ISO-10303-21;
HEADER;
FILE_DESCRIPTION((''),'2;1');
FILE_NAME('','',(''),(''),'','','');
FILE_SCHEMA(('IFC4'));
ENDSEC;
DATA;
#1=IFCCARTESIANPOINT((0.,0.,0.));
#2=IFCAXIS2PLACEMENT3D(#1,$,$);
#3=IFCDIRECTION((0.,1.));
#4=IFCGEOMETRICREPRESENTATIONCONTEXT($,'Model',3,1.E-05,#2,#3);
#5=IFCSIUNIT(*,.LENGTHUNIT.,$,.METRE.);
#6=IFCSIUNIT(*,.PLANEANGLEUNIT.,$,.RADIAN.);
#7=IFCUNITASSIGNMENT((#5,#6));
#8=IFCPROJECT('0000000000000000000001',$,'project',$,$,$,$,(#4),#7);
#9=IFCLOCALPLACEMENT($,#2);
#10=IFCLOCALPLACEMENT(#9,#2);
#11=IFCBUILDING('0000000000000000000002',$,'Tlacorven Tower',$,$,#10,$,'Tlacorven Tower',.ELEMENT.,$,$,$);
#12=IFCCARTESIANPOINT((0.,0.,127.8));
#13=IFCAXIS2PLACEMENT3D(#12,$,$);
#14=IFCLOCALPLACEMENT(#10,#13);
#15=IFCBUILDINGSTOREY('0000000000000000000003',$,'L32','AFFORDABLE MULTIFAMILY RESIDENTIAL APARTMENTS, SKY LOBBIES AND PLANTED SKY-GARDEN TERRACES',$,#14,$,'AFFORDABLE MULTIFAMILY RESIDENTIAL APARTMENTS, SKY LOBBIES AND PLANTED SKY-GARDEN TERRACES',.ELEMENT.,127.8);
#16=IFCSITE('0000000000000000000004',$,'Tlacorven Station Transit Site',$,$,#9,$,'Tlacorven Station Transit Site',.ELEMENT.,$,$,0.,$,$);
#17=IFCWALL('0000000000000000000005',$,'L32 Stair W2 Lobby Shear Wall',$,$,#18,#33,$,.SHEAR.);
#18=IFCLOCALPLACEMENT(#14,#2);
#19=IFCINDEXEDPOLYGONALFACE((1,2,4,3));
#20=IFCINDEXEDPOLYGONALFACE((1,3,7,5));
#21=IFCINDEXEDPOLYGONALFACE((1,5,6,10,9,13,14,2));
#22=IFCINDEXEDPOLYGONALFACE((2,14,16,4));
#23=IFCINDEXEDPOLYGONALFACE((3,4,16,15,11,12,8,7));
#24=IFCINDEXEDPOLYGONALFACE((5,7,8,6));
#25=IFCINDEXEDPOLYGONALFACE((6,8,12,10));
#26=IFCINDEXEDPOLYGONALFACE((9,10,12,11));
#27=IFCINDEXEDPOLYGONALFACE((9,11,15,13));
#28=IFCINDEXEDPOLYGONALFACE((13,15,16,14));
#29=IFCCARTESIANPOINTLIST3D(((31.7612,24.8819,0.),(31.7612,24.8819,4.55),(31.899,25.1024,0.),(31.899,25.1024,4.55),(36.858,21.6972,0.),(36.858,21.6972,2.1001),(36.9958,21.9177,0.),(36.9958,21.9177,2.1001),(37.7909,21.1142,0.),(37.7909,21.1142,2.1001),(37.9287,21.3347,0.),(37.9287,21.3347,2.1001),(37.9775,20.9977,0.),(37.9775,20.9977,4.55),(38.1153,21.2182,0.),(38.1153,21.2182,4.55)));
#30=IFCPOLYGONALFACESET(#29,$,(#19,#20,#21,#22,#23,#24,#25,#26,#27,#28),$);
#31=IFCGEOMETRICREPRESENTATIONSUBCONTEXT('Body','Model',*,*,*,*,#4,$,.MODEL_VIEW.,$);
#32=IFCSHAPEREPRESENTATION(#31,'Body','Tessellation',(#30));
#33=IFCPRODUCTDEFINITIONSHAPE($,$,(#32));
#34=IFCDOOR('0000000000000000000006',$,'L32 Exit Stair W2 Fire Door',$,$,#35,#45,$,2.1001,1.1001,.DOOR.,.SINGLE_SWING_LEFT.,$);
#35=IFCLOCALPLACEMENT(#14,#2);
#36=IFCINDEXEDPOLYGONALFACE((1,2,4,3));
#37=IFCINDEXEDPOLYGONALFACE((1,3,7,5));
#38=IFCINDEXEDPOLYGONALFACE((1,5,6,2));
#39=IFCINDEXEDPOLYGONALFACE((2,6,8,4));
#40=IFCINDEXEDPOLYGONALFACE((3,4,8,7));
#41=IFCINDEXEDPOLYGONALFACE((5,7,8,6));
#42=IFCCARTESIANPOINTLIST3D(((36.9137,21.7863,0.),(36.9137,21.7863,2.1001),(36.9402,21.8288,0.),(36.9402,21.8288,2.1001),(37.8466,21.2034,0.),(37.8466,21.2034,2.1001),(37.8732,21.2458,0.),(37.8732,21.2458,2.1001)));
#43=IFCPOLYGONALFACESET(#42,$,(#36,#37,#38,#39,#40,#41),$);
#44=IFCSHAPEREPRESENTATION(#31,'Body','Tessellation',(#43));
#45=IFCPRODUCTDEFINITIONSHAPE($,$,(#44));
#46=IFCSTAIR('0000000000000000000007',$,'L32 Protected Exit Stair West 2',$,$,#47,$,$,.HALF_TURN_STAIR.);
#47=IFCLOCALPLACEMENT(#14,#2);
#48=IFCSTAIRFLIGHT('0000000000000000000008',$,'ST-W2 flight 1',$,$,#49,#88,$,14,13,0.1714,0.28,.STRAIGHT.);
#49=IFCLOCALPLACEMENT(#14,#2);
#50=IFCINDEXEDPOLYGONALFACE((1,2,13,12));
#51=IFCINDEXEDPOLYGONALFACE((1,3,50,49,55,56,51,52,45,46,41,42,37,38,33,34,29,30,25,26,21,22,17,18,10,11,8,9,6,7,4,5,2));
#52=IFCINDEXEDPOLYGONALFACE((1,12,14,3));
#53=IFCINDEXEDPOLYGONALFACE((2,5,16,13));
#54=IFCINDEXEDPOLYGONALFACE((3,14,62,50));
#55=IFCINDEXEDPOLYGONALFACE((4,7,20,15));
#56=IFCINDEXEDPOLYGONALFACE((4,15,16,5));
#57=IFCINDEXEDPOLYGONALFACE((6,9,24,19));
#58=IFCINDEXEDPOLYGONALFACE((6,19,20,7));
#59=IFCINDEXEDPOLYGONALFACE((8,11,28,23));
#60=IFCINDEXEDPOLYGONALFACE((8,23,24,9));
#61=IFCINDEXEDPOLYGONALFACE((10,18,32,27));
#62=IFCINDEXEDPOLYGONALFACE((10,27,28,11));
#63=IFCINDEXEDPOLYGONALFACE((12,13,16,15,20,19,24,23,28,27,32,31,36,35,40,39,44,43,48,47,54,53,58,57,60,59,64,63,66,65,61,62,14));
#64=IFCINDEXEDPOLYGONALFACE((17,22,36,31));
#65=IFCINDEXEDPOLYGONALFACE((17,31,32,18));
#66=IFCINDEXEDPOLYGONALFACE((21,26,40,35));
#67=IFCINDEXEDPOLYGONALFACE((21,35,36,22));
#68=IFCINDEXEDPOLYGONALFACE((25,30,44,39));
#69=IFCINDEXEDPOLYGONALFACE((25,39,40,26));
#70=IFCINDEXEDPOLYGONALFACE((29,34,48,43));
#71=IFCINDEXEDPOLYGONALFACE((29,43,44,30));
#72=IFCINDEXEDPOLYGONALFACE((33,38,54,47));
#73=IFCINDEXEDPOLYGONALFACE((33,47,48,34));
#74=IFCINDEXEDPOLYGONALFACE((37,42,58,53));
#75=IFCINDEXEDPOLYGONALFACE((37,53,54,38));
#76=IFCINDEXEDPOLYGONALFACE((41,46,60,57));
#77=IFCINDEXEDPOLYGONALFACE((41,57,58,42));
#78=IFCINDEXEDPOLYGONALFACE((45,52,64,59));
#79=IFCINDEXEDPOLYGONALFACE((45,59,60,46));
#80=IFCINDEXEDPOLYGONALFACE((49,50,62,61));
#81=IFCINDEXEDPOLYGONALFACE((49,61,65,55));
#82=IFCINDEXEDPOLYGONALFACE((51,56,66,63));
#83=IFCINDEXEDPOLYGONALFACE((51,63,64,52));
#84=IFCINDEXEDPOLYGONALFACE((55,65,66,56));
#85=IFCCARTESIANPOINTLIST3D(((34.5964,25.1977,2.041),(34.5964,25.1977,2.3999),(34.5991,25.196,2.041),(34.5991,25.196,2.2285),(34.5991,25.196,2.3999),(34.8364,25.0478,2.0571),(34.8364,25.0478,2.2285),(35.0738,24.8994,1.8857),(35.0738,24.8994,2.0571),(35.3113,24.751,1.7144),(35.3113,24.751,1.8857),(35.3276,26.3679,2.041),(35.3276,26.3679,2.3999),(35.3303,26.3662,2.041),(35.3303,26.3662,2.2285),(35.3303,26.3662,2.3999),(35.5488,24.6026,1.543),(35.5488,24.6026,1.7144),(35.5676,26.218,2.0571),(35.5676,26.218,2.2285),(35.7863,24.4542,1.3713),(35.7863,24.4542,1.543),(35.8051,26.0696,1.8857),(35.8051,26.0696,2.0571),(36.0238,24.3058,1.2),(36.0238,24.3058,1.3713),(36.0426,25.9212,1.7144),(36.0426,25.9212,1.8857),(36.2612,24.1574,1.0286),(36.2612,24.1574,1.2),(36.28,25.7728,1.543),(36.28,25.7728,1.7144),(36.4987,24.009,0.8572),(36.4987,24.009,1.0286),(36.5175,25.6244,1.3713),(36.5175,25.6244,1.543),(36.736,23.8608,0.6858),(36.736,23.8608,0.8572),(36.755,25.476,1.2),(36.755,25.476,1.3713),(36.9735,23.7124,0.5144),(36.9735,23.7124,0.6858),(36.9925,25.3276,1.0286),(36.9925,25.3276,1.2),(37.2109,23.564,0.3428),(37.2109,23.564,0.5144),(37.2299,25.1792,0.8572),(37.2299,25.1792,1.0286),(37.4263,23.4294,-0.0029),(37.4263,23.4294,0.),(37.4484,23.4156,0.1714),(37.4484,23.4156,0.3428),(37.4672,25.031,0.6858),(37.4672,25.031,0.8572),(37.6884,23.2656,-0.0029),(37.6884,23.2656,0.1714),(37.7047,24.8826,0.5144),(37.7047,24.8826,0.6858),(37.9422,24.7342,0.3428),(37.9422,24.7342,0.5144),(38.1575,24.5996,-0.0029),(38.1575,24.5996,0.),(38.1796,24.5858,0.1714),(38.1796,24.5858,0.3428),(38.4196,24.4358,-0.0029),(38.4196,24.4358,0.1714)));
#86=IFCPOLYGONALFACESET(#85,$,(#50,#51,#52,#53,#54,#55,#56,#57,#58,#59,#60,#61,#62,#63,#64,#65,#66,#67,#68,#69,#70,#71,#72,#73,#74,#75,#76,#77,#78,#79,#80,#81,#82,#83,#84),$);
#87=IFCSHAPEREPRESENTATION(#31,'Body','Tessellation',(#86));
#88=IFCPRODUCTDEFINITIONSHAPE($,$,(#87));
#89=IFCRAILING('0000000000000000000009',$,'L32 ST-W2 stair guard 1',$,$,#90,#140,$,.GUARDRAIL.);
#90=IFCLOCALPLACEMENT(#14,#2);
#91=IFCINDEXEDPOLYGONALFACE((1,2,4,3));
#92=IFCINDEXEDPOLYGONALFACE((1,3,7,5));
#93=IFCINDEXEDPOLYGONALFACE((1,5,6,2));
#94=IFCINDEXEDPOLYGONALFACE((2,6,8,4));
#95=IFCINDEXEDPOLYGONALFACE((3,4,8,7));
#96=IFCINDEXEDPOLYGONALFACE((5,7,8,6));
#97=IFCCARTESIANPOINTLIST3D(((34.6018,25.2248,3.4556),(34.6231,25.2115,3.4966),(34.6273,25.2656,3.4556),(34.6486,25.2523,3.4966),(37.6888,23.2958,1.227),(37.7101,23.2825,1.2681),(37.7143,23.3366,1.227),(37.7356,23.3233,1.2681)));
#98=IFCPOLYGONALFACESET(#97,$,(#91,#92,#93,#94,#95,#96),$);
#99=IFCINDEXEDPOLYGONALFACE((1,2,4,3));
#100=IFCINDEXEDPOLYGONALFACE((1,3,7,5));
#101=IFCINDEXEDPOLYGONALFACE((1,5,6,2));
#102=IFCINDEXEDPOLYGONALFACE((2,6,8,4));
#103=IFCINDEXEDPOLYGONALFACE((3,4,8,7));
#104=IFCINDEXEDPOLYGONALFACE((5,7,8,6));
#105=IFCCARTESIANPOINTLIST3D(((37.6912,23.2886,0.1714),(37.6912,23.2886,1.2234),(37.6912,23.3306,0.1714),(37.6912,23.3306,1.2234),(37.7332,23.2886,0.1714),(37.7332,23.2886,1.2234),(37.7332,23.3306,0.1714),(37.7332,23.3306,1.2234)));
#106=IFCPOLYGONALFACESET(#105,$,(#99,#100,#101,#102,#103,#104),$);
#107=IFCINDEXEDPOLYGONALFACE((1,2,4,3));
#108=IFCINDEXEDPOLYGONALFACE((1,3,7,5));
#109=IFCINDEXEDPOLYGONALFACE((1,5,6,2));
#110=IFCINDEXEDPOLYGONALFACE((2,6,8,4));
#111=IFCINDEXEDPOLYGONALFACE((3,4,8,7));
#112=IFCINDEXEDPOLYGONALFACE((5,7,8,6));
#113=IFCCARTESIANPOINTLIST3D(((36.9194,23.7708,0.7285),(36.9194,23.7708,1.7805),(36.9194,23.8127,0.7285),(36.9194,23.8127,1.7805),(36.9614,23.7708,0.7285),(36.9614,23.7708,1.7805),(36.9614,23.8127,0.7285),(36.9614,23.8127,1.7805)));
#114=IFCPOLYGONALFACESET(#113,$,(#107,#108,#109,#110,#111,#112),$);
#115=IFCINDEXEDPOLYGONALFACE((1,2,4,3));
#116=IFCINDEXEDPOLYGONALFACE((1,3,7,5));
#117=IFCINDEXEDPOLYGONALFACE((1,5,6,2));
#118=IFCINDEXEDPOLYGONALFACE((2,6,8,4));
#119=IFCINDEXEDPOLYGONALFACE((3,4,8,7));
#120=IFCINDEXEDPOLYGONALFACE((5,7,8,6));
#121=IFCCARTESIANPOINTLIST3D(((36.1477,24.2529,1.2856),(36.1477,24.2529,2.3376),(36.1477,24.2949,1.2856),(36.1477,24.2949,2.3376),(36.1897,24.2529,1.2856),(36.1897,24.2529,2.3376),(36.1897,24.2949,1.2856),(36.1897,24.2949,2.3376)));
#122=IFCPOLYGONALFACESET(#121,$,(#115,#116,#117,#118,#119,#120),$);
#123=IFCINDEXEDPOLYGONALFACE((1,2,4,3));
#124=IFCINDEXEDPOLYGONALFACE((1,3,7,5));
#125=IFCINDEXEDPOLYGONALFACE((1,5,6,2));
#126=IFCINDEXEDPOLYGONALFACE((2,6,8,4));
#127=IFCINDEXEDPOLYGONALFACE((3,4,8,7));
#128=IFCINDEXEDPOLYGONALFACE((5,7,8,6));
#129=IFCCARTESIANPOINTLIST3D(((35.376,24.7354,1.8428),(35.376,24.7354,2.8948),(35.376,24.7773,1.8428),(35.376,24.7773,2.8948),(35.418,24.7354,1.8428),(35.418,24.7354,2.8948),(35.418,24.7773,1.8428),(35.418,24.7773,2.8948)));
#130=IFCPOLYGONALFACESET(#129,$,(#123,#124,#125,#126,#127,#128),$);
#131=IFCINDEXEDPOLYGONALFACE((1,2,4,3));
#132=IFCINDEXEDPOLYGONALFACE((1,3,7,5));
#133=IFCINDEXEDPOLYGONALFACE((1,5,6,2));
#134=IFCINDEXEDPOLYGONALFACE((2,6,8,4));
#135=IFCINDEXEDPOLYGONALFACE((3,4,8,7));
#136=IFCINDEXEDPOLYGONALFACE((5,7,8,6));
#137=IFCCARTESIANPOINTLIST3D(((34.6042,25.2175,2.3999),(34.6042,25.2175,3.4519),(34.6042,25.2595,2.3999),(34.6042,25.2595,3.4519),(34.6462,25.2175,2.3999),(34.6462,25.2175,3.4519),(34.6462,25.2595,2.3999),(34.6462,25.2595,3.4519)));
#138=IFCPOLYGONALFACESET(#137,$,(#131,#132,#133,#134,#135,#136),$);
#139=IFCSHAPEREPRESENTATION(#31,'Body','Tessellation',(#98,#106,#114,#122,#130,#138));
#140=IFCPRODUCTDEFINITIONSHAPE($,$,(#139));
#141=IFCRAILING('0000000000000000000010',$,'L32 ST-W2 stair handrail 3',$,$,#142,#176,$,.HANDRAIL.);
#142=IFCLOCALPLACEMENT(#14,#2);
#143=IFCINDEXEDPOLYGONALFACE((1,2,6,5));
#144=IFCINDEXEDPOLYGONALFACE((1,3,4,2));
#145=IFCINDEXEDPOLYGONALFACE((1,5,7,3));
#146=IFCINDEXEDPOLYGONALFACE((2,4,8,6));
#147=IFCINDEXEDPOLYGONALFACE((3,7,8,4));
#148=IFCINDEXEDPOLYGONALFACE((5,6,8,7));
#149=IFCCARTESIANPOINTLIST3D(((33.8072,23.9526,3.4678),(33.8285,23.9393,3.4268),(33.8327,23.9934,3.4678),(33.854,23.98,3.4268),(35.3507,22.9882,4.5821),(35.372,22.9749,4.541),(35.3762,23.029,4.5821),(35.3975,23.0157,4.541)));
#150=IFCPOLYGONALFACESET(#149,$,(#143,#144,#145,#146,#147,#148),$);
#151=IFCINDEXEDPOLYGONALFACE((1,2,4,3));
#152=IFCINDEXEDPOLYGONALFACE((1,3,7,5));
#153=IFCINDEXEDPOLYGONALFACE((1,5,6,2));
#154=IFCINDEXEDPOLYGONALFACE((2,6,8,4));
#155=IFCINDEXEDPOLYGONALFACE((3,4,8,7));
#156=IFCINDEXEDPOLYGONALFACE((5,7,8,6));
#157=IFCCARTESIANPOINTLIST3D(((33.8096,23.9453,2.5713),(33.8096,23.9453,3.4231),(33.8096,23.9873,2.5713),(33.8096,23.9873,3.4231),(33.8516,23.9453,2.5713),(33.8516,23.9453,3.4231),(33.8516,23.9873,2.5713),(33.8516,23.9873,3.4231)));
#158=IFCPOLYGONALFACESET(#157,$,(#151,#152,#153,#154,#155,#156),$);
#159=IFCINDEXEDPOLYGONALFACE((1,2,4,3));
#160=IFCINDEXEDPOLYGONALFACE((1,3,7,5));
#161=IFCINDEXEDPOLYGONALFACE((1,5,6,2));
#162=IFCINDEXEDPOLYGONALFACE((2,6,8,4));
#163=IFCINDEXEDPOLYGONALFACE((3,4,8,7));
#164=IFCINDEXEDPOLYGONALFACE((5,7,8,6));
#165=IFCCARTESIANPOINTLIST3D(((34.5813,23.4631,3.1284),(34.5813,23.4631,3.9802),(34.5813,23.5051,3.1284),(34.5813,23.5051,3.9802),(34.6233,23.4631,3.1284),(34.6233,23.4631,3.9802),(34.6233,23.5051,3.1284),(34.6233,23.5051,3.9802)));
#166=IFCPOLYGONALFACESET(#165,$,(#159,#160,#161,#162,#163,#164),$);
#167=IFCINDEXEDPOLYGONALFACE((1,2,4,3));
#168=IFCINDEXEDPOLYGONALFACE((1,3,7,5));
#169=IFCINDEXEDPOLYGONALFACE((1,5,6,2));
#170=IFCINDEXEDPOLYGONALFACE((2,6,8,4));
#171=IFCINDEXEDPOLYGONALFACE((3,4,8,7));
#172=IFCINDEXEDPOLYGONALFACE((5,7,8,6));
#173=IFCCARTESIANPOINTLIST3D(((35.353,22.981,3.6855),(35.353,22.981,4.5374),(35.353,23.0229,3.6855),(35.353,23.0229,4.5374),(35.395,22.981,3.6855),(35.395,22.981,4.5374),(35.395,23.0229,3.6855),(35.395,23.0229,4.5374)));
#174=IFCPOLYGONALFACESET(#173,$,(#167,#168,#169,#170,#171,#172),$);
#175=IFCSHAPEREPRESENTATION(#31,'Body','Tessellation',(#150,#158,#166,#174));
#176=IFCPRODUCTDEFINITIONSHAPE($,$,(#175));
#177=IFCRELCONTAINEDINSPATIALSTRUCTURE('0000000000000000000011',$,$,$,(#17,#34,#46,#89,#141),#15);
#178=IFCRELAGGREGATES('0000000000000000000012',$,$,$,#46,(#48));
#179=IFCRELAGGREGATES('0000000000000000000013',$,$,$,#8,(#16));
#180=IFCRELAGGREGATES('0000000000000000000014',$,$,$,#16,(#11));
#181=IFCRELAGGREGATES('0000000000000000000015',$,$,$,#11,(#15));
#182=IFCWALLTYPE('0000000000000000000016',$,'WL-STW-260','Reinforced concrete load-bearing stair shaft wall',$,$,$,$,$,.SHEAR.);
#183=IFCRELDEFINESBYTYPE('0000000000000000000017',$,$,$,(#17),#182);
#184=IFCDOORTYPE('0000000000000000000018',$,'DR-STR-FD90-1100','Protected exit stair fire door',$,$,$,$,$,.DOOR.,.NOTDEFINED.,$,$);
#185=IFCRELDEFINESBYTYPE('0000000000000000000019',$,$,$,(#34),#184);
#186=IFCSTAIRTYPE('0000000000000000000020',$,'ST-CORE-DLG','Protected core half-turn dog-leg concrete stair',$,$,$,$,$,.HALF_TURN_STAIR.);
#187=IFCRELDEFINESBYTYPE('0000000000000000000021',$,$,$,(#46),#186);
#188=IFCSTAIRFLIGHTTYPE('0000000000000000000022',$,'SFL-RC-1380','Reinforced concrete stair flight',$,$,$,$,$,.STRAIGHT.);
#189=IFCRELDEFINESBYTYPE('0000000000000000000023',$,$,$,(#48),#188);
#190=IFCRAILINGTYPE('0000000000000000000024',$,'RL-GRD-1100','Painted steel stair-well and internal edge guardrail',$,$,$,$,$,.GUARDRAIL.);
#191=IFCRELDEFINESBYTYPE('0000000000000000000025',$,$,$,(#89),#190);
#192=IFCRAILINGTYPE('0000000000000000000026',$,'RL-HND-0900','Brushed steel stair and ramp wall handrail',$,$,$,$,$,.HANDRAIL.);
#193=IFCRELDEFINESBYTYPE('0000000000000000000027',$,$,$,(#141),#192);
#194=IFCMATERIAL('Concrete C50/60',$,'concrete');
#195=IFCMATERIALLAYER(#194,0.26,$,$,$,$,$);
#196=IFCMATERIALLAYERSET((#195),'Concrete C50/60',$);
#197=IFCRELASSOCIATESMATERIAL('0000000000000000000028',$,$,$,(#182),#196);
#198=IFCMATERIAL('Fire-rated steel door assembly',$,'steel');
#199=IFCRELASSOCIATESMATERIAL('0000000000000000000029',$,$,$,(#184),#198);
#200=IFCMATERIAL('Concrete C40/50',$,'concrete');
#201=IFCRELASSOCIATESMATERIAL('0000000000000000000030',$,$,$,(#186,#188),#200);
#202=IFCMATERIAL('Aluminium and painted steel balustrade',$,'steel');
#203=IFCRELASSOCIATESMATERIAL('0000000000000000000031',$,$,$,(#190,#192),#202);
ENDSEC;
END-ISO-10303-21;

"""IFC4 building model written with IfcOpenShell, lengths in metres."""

from ifc_helpers import new_model, si_unit, direction, frame, frame_2d, origin, origin_2d, place, context, subcontext, project, spatial, polyline, rectangle, outline, extrude, source, transform, mapped, material, layer, layer_set, type_object, element, fill, aggregate, save


model = new_model("IFC4")

# Units and contexts
model_context = context("Model", 3, precision=1e-05, world=origin(), true_north=direction((0.0, 1.0)))
body_context = subcontext(model_context, "Body", "Model", "MODEL_VIEW")
ifc_project = project(units=[si_unit("LENGTHUNIT", "METRE"), si_unit("PLANEANGLEUNIT", "RADIAN")], contexts=[model_context])

# Site, building, storey
site_placement = place(None, origin())
site = spatial("IfcSite", under=ifc_project, at=site_placement, Name="Tlacorven Station Transit Site", LongName="Tlacorven Station Transit Site", CompositionType="ELEMENT", RefElevation=0.0)
building_placement = place(site_placement, origin())
building = spatial("IfcBuilding", under=site, at=building_placement, Name="Tlacorven Tower", LongName="Tlacorven Tower", CompositionType="ELEMENT")
storey_placement = place(building_placement, frame((0.0, 0.0, 127.8)))
storey = spatial("IfcBuildingStorey", under=building, at=storey_placement, Name="L32", Description="AFFORDABLE MULTIFAMILY RESIDENTIAL APARTMENTS, SKY LOBBIES AND PLANTED SKY-GARDEN TERRACES", LongName="AFFORDABLE MULTIFAMILY RESIDENTIAL APARTMENTS, SKY LOBBIES AND PLANTED SKY-GARDEN TERRACES", CompositionType="ELEMENT", Elevation=127.8)

# Shared definitions
ifc_material_1 = material(Name="Fire-rated steel door assembly", Category="steel")
ifc_material_2 = material(Name="Concrete C40/50", Category="concrete")

# Shared definitions
ifc_material_3 = material(Name="Concrete C50/60", Category="concrete")
ifc_layer_1 = layer(ifc_material_3, 0.26)
ifc_layer_set_1 = layer_set([ifc_layer_1], Name="Concrete C50/60")
wall_type_1 = type_object("IfcWallType", Name="WL-STW-260", Description="Reinforced concrete load-bearing stair shaft wall", PredefinedType="SHEAR", material=ifc_layer_set_1)

# Wall, opening, door
wall_1_placement = place(storey_placement, frame((38.0464, 21.1079, 0.0), z_axis=(0.0, 0.0, 1.0), x_axis=(-0.848054, 0.529909, 0.0)))
wall_1 = element("IfcWall", 1, at=wall_1_placement, inside=storey, type_object=wall_type_1, Name="L32 Stair W2 Lobby Shear Wall", PredefinedType="SHEAR", context=body_context, shape_type="SweptSolid", body=[
    extrude(rectangle(XDim=7.3301, YDim=0.26, at=frame_2d((3.665, 0.0))), origin(), (0.0, 0.0, 1.0), 4.55),
])
opening_1_placement = place(wall_1_placement, frame((0.22, 0.0, 0.0)))
opening_1 = element("IfcOpeningElement", 2, at=opening_1_placement, cuts=wall_1, PredefinedType="OPENING", context=body_context, shape_type="SweptSolid", body=[
    extrude(rectangle(XDim=1.1001, YDim=2.1001, at=frame_2d((0.55, 1.05))), frame((0.0, 0.1401, 0.0), z_axis=(0.0, -1.0, 0.0), x_axis=(1.0, 0.0, 0.0)), (0.0, 0.0, 1.0), 0.28),
])
door_type_1 = type_object("IfcDoorType", Name="DR-STR-FD90-1100", Description="Protected exit stair fire door", OperationType="NOTDEFINED", PredefinedType="DOOR", material=ifc_material_1)
shared_shape_1 = source(origin(), body_context, "Body", "SweptSolid", [
    extrude(rectangle(XDim=1.1001, YDim=2.1001, at=frame_2d((0.55, 1.05))), frame((0.0, 0.0249, 0.0), z_axis=(0.0, -1.0, 0.0), x_axis=(1.0, 0.0, 0.0)), (0.0, 0.0, 1.0), 0.05),
])
door_1_placement = place(opening_1_placement, origin())
door_1 = element("IfcDoor", 3, at=door_1_placement, inside=storey, type_object=door_type_1, Name="L32 Exit Stair W2 Fire Door", OperationType="SINGLE_SWING_LEFT", OverallHeight=2.1001, OverallWidth=1.1001, PredefinedType="DOOR", context=body_context, shape_type="MappedRepresentation", body=[
    mapped(shared_shape_1, transform((0.0, 0.0, 0.0), scale=1.0)),
])
fill(opening_1, door_1)

# Stair, stair flight
stair_type = type_object("IfcStairType", Name="ST-CORE-DLG", Description="Protected core half-turn dog-leg concrete stair", PredefinedType="HALF_TURN_STAIR", material=ifc_material_2)
stair_placement = place(storey_placement, origin())
stair = element("IfcStair", 4, at=stair_placement, inside=storey, type_object=stair_type, Name="L32 Protected Exit Stair West 2", PredefinedType="HALF_TURN_STAIR")
stair_flight_type = type_object("IfcStairFlightType", Name="SFL-RC-1380", Description="Reinforced concrete stair flight", PredefinedType="STRAIGHT", material=ifc_material_2)
shared_shape_2 = source(origin(), body_context, "Body", "SweptSolid", [
    extrude(outline(polyline([(-0.0029, -0.0029), (-0.0029, 0.1714), (0.28, 0.1714), (0.28, 0.3428), (0.5601, 0.3428), (0.5601, 0.5144), (0.8401, 0.5144), (0.8401, 0.6858), (1.1201, 0.6858), (1.1201, 0.8572), (1.3999, 0.8572), (1.3999, 1.0286), (1.6799, 1.0286), (1.6799, 1.2), (1.96, 1.2), (1.96, 1.3713), (2.24, 1.3713), (2.24, 1.543), (2.52, 1.543), (2.52, 1.7144), (2.8, 1.7144), (2.8, 1.8857), (3.0801, 1.8857), (3.0801, 2.0571), (3.3601, 2.0571), (3.3601, 2.2285), (3.6399, 2.2285), (3.6399, 2.3999), (3.6431, 2.3999), (3.6431, 2.041), (3.6399, 2.041), (0.3062, 0.0), (0.3062, -0.0029), (-0.0029, -0.0029)])), frame((0.0, 0.6899, 0.0), z_axis=(0.0, -1.0, 0.0), x_axis=(1.0, 0.0, 0.0)), (0.0, 0.0, 1.0), 1.3799),
])
stair_flight_placement = place(storey_placement, frame((38.0515, 23.8523, 0.0), z_axis=(0.0, 0.0, 1.0), x_axis=(-0.848048, 0.529919, 0.0)))
stair_flight = element("IfcStairFlight", 5, at=stair_flight_placement, type_object=stair_flight_type, Name="ST-W2 flight 1", NumberOfRisers=14, NumberOfTreads=13, PredefinedType="STRAIGHT", RiserHeight=0.1714, TreadLength=0.28, context=body_context, shape_type="MappedRepresentation", body=[
    mapped(shared_shape_2, transform((0.0, 0.0, 0.0), scale=1.0)),
])
aggregate(stair, [stair_flight])

# Railings
ifc_material_4 = material(Name="Aluminium and painted steel balustrade", Category="steel")
railing_type_1 = type_object("IfcRailingType", Name="RL-GRD-1100", Description="Painted steel stair-well and internal edge guardrail", PredefinedType="GUARDRAIL", material=ifc_material_4)
shared_shape_3 = source(origin(), body_context, "Body", "SweptSolid", [
    extrude(rectangle(XDim=0.0481, YDim=0.0481, at=origin_2d()), frame((0.0, 0.0, 1.0762), z_axis=(-0.723262, 0.451953, 0.52214), x_axis=(-0.529927, -0.848044, 0.0)), (0.0, 0.0, 1.0), 4.2681),
    extrude(rectangle(XDim=0.042, YDim=0.042, at=origin_2d()), origin(), (0.0, 0.0, 1.0), 1.052),
    extrude(rectangle(XDim=0.042, YDim=0.042, at=origin_2d()), frame((-0.7717, 0.4822, 0.5571)), (0.0, 0.0, 1.0), 1.052),
    extrude(rectangle(XDim=0.042, YDim=0.042, at=origin_2d()), frame((-1.5435, 0.9644, 1.1143)), (0.0, 0.0, 1.0), 1.052),
    extrude(rectangle(XDim=0.042, YDim=0.042, at=origin_2d()), frame((-2.3152, 1.4468, 1.6714)), (0.0, 0.0, 1.0), 1.052),
    extrude(rectangle(XDim=0.042, YDim=0.042, at=origin_2d()), frame((-3.0869, 1.929, 2.2285)), (0.0, 0.0, 1.0), 1.052),
])
railing_1_placement = place(storey_placement, frame((37.7122, 23.3096, 0.1714)))
element("IfcRailing", 6, at=railing_1_placement, inside=storey, type_object=railing_type_1, Name="L32 ST-W2 stair guard 1", PredefinedType="GUARDRAIL", context=body_context, shape_type="MappedRepresentation", body=[
    mapped(shared_shape_3, transform((0.0, 0.0, 0.0), scale=1.0)),
])
railing_type_2 = type_object("IfcRailingType", Name="RL-HND-0900", Description="Brushed steel stair and ramp wall handrail", PredefinedType="HANDRAIL", material=ifc_material_4)
shared_shape_4 = source(origin(), body_context, "Body", "SweptSolid", [
    extrude(rectangle(XDim=0.0481, YDim=0.0481, at=origin_2d()), frame((0.0, 0.0, 0.876), z_axis=(0.723281, -0.451908, 0.522153), x_axis=(0.529878, 0.848074, 0.0)), (0.0, 0.0, 1.0), 2.134),
    extrude(rectangle(XDim=0.042, YDim=0.042, at=origin_2d()), origin(), (0.0, 0.0, 1.0), 0.8518),
    extrude(rectangle(XDim=0.042, YDim=0.042, at=origin_2d()), frame((0.7717, -0.4822, 0.5571)), (0.0, 0.0, 1.0), 0.8518),
    extrude(rectangle(XDim=0.042, YDim=0.042, at=origin_2d()), frame((1.5435, -0.9644, 1.1143)), (0.0, 0.0, 1.0), 0.8518),
])
railing_2_placement = place(storey_placement, frame((33.8306, 23.9663, 2.5713)))
element("IfcRailing", 7, at=railing_2_placement, inside=storey, type_object=railing_type_2, Name="L32 ST-W2 stair handrail 3", PredefinedType="HANDRAIL", context=body_context, shape_type="MappedRepresentation", body=[
    mapped(shared_shape_4, transform((0.0, 0.0, 0.0), scale=1.0)),
])

save(model, "model.ifc")
